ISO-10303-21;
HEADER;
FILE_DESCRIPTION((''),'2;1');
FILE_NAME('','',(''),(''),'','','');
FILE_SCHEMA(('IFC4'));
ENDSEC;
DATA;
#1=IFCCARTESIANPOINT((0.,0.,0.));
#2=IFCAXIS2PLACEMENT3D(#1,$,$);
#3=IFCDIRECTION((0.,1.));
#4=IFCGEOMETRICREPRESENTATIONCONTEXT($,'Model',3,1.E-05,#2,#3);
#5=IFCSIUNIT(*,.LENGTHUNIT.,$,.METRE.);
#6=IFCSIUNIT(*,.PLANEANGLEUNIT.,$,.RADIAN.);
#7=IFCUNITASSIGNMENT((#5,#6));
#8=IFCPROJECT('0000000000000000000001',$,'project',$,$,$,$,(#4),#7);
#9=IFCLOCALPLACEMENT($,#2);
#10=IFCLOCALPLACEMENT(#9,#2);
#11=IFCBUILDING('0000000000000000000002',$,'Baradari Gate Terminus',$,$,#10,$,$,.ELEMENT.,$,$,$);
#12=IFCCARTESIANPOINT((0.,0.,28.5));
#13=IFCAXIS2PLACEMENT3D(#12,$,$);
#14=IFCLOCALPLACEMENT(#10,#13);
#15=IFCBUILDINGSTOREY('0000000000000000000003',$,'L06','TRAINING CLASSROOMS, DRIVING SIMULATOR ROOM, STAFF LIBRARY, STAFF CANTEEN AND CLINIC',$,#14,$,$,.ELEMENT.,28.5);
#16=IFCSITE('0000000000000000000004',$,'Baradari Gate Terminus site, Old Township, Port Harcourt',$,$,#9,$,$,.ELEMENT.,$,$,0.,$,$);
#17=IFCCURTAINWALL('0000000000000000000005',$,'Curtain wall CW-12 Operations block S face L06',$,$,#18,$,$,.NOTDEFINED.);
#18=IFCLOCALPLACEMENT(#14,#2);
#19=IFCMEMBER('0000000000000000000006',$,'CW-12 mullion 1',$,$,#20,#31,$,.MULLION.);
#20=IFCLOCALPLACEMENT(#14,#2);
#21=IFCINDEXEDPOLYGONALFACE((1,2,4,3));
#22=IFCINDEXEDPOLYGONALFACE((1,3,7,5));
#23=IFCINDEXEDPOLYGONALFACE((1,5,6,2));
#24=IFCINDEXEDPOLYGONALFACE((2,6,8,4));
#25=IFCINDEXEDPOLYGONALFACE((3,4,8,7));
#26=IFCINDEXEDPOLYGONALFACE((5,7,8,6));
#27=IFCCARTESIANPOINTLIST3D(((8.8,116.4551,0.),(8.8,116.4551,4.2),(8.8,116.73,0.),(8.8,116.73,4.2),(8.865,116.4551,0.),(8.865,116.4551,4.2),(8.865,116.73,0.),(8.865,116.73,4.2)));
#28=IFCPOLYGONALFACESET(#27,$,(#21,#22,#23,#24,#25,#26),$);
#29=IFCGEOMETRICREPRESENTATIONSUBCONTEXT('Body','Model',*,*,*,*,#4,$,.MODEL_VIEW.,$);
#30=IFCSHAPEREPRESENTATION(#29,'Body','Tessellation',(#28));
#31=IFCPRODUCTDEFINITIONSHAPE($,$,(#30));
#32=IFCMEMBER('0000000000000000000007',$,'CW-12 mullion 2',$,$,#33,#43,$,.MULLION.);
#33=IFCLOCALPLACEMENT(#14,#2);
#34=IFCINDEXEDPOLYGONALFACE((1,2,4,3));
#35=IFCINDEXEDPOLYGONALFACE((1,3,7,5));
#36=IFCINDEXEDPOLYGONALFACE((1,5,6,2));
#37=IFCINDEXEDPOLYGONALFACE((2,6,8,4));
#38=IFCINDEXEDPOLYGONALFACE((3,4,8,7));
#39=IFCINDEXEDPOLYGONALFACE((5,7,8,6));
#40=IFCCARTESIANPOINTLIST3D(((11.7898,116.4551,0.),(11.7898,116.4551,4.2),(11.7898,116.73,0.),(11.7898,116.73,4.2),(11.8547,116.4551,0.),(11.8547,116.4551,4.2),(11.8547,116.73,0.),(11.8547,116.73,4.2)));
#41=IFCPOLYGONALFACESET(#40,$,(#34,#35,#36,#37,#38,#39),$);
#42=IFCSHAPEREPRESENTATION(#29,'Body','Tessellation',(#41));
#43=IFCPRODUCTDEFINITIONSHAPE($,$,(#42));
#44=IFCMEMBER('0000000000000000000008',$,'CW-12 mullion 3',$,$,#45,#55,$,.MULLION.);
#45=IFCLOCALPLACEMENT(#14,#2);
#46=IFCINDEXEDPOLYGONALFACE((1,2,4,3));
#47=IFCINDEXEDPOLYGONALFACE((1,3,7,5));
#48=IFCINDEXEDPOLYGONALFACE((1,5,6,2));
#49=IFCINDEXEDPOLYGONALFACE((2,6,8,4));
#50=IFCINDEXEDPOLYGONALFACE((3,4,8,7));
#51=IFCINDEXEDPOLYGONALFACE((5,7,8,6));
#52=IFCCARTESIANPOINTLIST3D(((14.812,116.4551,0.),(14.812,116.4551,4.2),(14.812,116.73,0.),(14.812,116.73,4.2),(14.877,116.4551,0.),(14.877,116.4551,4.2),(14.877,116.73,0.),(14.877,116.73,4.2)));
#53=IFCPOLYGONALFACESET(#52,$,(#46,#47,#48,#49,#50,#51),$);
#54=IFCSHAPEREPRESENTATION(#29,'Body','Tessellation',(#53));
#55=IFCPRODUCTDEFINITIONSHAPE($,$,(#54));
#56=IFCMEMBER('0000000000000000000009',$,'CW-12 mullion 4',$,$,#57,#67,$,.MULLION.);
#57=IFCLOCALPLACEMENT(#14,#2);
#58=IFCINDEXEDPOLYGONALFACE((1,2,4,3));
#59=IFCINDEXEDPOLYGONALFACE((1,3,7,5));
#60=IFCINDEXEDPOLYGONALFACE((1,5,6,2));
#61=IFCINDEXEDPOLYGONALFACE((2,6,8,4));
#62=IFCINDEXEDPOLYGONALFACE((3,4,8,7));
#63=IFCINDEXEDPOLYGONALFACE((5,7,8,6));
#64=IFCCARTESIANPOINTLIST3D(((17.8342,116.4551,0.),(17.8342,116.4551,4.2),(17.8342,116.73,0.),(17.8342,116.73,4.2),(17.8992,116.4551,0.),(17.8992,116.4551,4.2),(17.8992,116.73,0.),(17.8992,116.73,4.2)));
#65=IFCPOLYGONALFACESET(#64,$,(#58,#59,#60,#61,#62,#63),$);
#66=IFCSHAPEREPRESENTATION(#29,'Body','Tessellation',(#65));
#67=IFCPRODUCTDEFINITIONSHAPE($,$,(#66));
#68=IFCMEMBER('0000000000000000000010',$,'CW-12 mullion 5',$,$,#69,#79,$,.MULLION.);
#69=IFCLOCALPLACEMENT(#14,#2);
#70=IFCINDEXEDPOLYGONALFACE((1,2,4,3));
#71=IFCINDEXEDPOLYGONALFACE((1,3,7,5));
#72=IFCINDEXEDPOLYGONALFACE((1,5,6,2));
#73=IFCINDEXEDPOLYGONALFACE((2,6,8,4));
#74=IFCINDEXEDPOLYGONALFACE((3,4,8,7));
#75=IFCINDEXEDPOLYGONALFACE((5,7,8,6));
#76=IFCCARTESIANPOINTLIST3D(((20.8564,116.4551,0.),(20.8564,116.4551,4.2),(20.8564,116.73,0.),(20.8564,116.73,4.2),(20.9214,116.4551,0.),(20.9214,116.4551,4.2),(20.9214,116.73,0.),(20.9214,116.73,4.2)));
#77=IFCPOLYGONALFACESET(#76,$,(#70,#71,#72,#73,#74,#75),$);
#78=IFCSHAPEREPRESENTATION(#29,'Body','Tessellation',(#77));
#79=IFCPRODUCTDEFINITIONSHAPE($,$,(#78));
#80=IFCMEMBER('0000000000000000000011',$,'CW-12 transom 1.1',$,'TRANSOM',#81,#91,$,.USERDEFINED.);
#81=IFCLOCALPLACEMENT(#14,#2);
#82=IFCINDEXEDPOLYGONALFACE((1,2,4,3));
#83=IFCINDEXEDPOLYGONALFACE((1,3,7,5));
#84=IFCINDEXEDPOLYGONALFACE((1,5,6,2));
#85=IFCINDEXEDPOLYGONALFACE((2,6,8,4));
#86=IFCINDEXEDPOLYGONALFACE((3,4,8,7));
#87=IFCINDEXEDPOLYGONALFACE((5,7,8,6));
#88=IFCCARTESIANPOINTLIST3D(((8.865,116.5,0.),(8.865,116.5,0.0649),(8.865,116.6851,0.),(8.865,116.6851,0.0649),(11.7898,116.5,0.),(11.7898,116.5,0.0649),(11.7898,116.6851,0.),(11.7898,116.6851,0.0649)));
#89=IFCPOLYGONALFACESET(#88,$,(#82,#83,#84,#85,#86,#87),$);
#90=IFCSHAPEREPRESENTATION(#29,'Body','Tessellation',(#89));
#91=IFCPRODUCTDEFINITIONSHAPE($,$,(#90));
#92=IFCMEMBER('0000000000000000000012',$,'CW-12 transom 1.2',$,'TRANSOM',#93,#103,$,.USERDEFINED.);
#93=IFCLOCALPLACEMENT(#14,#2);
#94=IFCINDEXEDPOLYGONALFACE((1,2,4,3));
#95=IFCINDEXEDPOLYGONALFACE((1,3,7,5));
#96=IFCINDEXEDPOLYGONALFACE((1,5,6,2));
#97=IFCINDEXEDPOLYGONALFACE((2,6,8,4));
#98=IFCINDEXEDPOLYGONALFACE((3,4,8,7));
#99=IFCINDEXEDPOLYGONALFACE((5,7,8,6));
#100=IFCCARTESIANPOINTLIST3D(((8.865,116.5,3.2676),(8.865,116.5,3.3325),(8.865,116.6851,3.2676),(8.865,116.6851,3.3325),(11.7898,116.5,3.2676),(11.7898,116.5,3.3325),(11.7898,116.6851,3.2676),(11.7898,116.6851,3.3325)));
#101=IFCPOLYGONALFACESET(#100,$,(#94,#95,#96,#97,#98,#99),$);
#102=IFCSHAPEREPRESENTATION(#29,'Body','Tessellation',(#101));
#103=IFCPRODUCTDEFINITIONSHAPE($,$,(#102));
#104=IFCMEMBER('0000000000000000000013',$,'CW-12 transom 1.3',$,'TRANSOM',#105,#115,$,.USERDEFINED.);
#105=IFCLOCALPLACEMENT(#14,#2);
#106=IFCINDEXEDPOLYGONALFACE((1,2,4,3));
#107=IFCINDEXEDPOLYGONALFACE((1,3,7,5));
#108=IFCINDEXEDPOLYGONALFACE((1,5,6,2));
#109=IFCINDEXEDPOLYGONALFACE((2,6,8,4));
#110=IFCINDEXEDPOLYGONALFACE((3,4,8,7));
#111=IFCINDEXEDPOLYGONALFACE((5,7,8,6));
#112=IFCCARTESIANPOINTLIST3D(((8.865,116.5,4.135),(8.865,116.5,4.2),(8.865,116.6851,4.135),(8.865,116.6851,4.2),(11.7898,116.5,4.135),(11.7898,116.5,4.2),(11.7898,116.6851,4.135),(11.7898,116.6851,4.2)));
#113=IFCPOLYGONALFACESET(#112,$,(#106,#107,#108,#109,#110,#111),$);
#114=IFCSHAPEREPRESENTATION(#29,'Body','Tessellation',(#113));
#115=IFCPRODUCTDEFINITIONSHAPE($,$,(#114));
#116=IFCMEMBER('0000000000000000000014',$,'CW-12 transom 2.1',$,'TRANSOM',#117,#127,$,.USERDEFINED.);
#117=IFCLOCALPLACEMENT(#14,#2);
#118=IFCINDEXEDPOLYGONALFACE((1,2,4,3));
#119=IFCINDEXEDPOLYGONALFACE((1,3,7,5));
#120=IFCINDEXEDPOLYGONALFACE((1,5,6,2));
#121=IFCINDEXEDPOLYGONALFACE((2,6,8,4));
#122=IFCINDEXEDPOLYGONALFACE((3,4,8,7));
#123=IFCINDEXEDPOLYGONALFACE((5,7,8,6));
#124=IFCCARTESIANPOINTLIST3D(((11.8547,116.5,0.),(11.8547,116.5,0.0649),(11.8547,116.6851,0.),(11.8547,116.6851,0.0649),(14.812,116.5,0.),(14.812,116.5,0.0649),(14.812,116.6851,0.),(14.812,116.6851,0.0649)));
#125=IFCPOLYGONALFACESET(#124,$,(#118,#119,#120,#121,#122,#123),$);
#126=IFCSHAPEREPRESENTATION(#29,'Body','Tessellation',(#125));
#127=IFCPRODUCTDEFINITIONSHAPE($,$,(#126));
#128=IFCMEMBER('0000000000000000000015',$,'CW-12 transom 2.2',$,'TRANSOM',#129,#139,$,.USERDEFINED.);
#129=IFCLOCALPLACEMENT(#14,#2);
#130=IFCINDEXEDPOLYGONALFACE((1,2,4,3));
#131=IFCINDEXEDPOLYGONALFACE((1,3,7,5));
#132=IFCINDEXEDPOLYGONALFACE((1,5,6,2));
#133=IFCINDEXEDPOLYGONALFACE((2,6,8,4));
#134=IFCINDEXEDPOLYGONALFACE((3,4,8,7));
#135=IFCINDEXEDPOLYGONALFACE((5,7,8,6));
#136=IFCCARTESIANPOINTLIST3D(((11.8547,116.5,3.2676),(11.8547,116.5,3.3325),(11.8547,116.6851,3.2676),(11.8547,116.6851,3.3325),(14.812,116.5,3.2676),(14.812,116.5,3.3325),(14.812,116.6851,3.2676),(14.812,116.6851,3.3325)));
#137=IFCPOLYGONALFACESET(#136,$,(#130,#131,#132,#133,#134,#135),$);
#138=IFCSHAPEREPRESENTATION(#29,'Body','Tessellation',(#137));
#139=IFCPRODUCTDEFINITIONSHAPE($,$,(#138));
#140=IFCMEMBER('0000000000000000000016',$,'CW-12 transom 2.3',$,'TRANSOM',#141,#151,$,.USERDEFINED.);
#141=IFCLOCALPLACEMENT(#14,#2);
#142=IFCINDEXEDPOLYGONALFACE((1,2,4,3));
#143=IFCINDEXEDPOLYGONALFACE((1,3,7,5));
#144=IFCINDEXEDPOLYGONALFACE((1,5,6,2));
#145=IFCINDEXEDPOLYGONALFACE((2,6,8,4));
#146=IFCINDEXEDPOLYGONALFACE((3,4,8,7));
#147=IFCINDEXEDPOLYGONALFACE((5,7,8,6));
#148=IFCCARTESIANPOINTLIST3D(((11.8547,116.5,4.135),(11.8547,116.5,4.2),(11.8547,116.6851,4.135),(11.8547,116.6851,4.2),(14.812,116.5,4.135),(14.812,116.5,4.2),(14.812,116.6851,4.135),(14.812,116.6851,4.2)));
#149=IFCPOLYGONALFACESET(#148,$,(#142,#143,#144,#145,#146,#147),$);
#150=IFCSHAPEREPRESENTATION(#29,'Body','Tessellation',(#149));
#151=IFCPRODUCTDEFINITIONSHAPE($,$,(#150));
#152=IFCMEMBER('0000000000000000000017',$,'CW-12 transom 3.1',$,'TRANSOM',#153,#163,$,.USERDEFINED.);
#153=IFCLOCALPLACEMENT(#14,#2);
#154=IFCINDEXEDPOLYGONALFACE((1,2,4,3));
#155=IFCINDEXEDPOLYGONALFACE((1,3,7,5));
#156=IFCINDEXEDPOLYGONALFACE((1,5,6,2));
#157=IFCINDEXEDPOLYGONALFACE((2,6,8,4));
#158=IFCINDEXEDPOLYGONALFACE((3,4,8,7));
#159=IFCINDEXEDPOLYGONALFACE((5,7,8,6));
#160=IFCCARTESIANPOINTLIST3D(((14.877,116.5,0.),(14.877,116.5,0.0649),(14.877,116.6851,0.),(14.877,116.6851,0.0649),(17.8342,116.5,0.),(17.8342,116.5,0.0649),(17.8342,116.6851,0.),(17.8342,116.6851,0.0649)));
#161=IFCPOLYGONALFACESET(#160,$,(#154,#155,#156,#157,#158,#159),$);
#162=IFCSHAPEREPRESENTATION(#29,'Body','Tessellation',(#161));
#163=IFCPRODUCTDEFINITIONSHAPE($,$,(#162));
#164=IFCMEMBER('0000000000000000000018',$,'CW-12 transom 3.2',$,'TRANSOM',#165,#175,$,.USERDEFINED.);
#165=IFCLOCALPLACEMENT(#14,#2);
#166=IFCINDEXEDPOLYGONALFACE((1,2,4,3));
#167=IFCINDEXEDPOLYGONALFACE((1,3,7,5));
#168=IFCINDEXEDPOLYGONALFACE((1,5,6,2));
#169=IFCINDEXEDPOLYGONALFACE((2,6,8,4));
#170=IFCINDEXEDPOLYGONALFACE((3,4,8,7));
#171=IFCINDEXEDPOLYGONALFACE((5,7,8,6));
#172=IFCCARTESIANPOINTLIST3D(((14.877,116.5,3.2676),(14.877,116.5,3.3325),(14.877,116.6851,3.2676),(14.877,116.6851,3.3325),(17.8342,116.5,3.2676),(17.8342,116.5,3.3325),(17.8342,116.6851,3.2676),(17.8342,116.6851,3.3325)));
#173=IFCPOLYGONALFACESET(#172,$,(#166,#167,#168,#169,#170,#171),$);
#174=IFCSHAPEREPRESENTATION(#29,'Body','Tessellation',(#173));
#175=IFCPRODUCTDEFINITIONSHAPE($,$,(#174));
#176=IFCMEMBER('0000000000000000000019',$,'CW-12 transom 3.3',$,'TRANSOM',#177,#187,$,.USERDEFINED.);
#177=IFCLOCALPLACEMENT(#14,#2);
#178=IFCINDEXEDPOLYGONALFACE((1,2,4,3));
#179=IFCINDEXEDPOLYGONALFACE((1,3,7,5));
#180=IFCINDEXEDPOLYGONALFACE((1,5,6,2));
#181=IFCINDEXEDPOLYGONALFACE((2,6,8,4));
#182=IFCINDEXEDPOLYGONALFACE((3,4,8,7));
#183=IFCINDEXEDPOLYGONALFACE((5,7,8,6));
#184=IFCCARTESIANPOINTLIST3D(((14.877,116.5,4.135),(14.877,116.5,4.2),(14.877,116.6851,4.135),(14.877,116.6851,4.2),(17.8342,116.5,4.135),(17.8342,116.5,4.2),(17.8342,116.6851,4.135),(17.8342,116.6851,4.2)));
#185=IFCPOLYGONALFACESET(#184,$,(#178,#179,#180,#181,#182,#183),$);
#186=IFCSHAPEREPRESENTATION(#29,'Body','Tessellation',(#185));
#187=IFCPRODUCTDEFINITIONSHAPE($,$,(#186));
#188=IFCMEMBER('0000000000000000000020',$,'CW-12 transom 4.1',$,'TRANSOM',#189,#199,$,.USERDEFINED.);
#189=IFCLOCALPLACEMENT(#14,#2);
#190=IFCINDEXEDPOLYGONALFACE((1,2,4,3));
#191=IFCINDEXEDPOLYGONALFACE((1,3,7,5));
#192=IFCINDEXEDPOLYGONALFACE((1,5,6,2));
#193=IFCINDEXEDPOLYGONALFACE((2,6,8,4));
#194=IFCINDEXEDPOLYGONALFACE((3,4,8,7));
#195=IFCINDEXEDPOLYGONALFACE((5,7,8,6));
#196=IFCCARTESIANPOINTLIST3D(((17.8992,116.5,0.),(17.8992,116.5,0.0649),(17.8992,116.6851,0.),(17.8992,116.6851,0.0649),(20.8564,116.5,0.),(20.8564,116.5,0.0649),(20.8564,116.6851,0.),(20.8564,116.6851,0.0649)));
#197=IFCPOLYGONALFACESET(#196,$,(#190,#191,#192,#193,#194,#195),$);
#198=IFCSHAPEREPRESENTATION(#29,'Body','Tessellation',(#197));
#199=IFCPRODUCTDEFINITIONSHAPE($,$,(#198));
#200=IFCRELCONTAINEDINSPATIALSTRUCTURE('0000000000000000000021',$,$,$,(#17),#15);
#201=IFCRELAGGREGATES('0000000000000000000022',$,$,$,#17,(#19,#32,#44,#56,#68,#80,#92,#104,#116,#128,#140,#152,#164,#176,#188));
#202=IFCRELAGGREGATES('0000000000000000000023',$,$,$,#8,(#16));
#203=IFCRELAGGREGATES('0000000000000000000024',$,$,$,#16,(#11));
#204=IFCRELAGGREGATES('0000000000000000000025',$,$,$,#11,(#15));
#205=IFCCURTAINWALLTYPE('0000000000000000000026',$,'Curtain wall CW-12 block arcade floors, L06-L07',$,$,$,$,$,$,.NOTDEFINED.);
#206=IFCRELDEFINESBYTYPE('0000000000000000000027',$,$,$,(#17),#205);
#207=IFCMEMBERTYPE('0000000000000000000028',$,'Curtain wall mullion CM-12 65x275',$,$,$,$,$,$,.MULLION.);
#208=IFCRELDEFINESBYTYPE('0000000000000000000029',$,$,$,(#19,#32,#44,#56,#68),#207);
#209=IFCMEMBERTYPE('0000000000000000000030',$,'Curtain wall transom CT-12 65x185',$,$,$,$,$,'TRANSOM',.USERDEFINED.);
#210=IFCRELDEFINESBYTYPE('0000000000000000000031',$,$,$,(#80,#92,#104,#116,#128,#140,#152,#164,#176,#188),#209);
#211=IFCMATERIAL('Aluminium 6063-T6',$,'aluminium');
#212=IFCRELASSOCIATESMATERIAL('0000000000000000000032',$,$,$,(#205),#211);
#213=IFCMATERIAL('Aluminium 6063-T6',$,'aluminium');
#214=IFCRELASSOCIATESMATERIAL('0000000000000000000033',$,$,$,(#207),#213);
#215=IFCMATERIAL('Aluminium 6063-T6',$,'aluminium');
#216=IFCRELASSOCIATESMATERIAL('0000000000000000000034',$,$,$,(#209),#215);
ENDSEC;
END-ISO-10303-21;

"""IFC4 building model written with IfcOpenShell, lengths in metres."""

from ifc_helpers import new_model, si_unit, direction, frame, origin, origin_2d, place, context, subcontext, project, spatial, rectangle, extrude, material, material_profile, profile_set, type_object, element, aggregate, save


model = new_model("IFC4")

# Units and contexts
model_context = context("Model", 3, precision=1e-05, world=origin(), true_north=direction((0.0, 1.0)))
body_context = subcontext(model_context, "Body", "Model", "MODEL_VIEW")
ifc_project = project(units=[si_unit("LENGTHUNIT", "METRE"), si_unit("PLANEANGLEUNIT", "RADIAN")], contexts=[model_context])

# Site, building, storey
site_placement = place(None, origin())
site = spatial("IfcSite", under=ifc_project, at=site_placement, Name="Baradari Gate Terminus site, Old Township, Port Harcourt", CompositionType="ELEMENT", RefElevation=0.0)
building_placement = place(site_placement, origin())
building = spatial("IfcBuilding", under=site, at=building_placement, Name="Baradari Gate Terminus", CompositionType="ELEMENT")
storey_placement = place(building_placement, frame((0.0, 0.0, 28.5)))
storey = spatial("IfcBuildingStorey", under=building, at=storey_placement, Name="L06", Description="TRAINING CLASSROOMS, DRIVING SIMULATOR ROOM, STAFF LIBRARY, STAFF CANTEEN AND CLINIC", CompositionType="ELEMENT", Elevation=28.5)

# Curtain wall, members
ifc_material_1 = material(Name="Aluminium 6063-T6", Category="aluminium")
curtain_wall_type = type_object("IfcCurtainWallType", Name="Curtain wall CW-12 block arcade floors, L06-L07", PredefinedType="NOTDEFINED", material=ifc_material_1)
curtain_wall_placement = place(storey_placement, origin())
curtain_wall = element("IfcCurtainWall", 1, at=curtain_wall_placement, inside=storey, type_object=curtain_wall_type, Name="Curtain wall CW-12 Operations block S face L06", PredefinedType="NOTDEFINED")
ifc_material_2 = material(Name="Aluminium 6063-T6", Category="aluminium")
ifc_material_profile_1 = material_profile(ifc_material_2, rectangle(XDim=0.2749, YDim=0.0649, at=origin_2d()), Name="CM-12 65X275")
ifc_profile_set_1 = profile_set([ifc_material_profile_1], Name="Aluminium 6063-T6")
member_type_1 = type_object("IfcMemberType", Name="Curtain wall mullion CM-12 65x275", PredefinedType="MULLION", material=ifc_profile_set_1)
member_1_placement = place(storey_placement, frame((8.8325, 116.5925, 0.0), z_axis=(0.0, 0.0, 1.0), x_axis=(0.0, 1.0, 0.0)))
member_1 = element("IfcMember", 2, at=member_1_placement, type_object=member_type_1, Name="CW-12 mullion 1", PredefinedType="MULLION", context=body_context, shape_type="SweptSolid", body=[
    extrude(rectangle(XDim=0.2749, YDim=0.0649, at=origin_2d()), origin(), (0.0, 0.0, 1.0), 4.2),
])
member_2_placement = place(storey_placement, frame((11.8223, 116.5925, 0.0), z_axis=(0.0, 0.0, 1.0), x_axis=(0.0, 1.0, 0.0)))
member_2 = element("IfcMember", 3, at=member_2_placement, type_object=member_type_1, Name="CW-12 mullion 2", PredefinedType="MULLION", context=body_context, shape_type="SweptSolid", body=[
    extrude(rectangle(XDim=0.2749, YDim=0.0649, at=origin_2d()), origin(), (0.0, 0.0, 1.0), 4.2),
])
member_3_placement = place(storey_placement, frame((14.8445, 116.5925, 0.0), z_axis=(0.0, 0.0, 1.0), x_axis=(0.0, 1.0, 0.0)))
member_3 = element("IfcMember", 4, at=member_3_placement, type_object=member_type_1, Name="CW-12 mullion 3", PredefinedType="MULLION", context=body_context, shape_type="SweptSolid", body=[
    extrude(rectangle(XDim=0.2749, YDim=0.0649, at=origin_2d()), origin(), (0.0, 0.0, 1.0), 4.2),
])
member_4_placement = place(storey_placement, frame((17.8667, 116.5925, 0.0), z_axis=(0.0, 0.0, 1.0), x_axis=(0.0, 1.0, 0.0)))
member_4 = element("IfcMember", 5, at=member_4_placement, type_object=member_type_1, Name="CW-12 mullion 4", PredefinedType="MULLION", context=body_context, shape_type="SweptSolid", body=[
    extrude(rectangle(XDim=0.2749, YDim=0.0649, at=origin_2d()), origin(), (0.0, 0.0, 1.0), 4.2),
])
member_5_placement = place(storey_placement, frame((20.8889, 116.5925, 0.0), z_axis=(0.0, 0.0, 1.0), x_axis=(0.0, 1.0, 0.0)))
member_5 = element("IfcMember", 6, at=member_5_placement, type_object=member_type_1, Name="CW-12 mullion 5", PredefinedType="MULLION", context=body_context, shape_type="SweptSolid", body=[
    extrude(rectangle(XDim=0.2749, YDim=0.0649, at=origin_2d()), origin(), (0.0, 0.0, 1.0), 4.2),
])
ifc_material_3 = material(Name="Aluminium 6063-T6", Category="aluminium")
ifc_material_profile_2 = material_profile(ifc_material_3, rectangle(XDim=0.1851, YDim=0.0649, at=origin_2d()), Name="CT-12 65X185")
ifc_profile_set_2 = profile_set([ifc_material_profile_2], Name="Aluminium 6063-T6")
member_type_2 = type_object("IfcMemberType", Name="Curtain wall transom CT-12 65x185", ElementType="TRANSOM", PredefinedType="USERDEFINED", material=ifc_profile_set_2)
member_6_placement = place(storey_placement, frame((8.865, 116.5925, 0.0325), z_axis=(1.0, 0.0, 0.0), x_axis=(0.0, 1.0, 0.0)))
member_6 = element("IfcMember", 7, at=member_6_placement, type_object=member_type_2, Name="CW-12 transom 1.1", ObjectType="TRANSOM", PredefinedType="USERDEFINED", context=body_context, shape_type="SweptSolid", body=[
    extrude(rectangle(XDim=0.1851, YDim=0.0649, at=origin_2d()), origin(), (0.0, 0.0, 1.0), 2.9248),
])
member_7_placement = place(storey_placement, frame((8.865, 116.5925, 3.3), z_axis=(1.0, 0.0, 0.0), x_axis=(0.0, 1.0, 0.0)))
member_7 = element("IfcMember", 8, at=member_7_placement, type_object=member_type_2, Name="CW-12 transom 1.2", ObjectType="TRANSOM", PredefinedType="USERDEFINED", context=body_context, shape_type="SweptSolid", body=[
    extrude(rectangle(XDim=0.1851, YDim=0.0649, at=origin_2d()), origin(), (0.0, 0.0, 1.0), 2.9248),
])
member_8_placement = place(storey_placement, frame((8.865, 116.5925, 4.1675), z_axis=(1.0, 0.0, 0.0), x_axis=(0.0, 1.0, 0.0)))
member_8 = element("IfcMember", 9, at=member_8_placement, type_object=member_type_2, Name="CW-12 transom 1.3", ObjectType="TRANSOM", PredefinedType="USERDEFINED", context=body_context, shape_type="SweptSolid", body=[
    extrude(rectangle(XDim=0.1851, YDim=0.0649, at=origin_2d()), origin(), (0.0, 0.0, 1.0), 2.9248),
])
member_9_placement = place(storey_placement, frame((11.8547, 116.5925, 0.0325), z_axis=(1.0, 0.0, 0.0), x_axis=(0.0, 1.0, 0.0)))
member_9 = element("IfcMember", 10, at=member_9_placement, type_object=member_type_2, Name="CW-12 transom 2.1", ObjectType="TRANSOM", PredefinedType="USERDEFINED", context=body_context, shape_type="SweptSolid", body=[
    extrude(rectangle(XDim=0.1851, YDim=0.0649, at=origin_2d()), origin(), (0.0, 0.0, 1.0), 2.9573),
])
member_10_placement = place(storey_placement, frame((11.8547, 116.5925, 3.3), z_axis=(1.0, 0.0, 0.0), x_axis=(0.0, 1.0, 0.0)))
member_10 = element("IfcMember", 11, at=member_10_placement, type_object=member_type_2, Name="CW-12 transom 2.2", ObjectType="TRANSOM", PredefinedType="USERDEFINED", context=body_context, shape_type="SweptSolid", body=[
    extrude(rectangle(XDim=0.1851, YDim=0.0649, at=origin_2d()), origin(), (0.0, 0.0, 1.0), 2.9573),
])
member_11_placement = place(storey_placement, frame((11.8547, 116.5925, 4.1675), z_axis=(1.0, 0.0, 0.0), x_axis=(0.0, 1.0, 0.0)))
member_11 = element("IfcMember", 12, at=member_11_placement, type_object=member_type_2, Name="CW-12 transom 2.3", ObjectType="TRANSOM", PredefinedType="USERDEFINED", context=body_context, shape_type="SweptSolid", body=[
    extrude(rectangle(XDim=0.1851, YDim=0.0649, at=origin_2d()), origin(), (0.0, 0.0, 1.0), 2.9573),
])
member_12_placement = place(storey_placement, frame((14.877, 116.5925, 0.0325), z_axis=(1.0, 0.0, 0.0), x_axis=(0.0, 1.0, 0.0)))
member_12 = element("IfcMember", 13, at=member_12_placement, type_object=member_type_2, Name="CW-12 transom 3.1", ObjectType="TRANSOM", PredefinedType="USERDEFINED", context=body_context, shape_type="SweptSolid", body=[
    extrude(rectangle(XDim=0.1851, YDim=0.0649, at=origin_2d()), origin(), (0.0, 0.0, 1.0), 2.9573),
])
member_13_placement = place(storey_placement, frame((14.877, 116.5925, 3.3), z_axis=(1.0, 0.0, 0.0), x_axis=(0.0, 1.0, 0.0)))
member_13 = element("IfcMember", 14, at=member_13_placement, type_object=member_type_2, Name="CW-12 transom 3.2", ObjectType="TRANSOM", PredefinedType="USERDEFINED", context=body_context, shape_type="SweptSolid", body=[
    extrude(rectangle(XDim=0.1851, YDim=0.0649, at=origin_2d()), origin(), (0.0, 0.0, 1.0), 2.9573),
])
member_14_placement = place(storey_placement, frame((14.877, 116.5925, 4.1675), z_axis=(1.0, 0.0, 0.0), x_axis=(0.0, 1.0, 0.0)))
member_14 = element("IfcMember", 15, at=member_14_placement, type_object=member_type_2, Name="CW-12 transom 3.3", ObjectType="TRANSOM", PredefinedType="USERDEFINED", context=body_context, shape_type="SweptSolid", body=[
    extrude(rectangle(XDim=0.1851, YDim=0.0649, at=origin_2d()), origin(), (0.0, 0.0, 1.0), 2.9573),
])
member_15_placement = place(storey_placement, frame((17.8992, 116.5925, 0.0325), z_axis=(1.0, 0.0, 0.0), x_axis=(0.0, 1.0, 0.0)))
member_15 = element("IfcMember", 16, at=member_15_placement, type_object=member_type_2, Name="CW-12 transom 4.1", ObjectType="TRANSOM", PredefinedType="USERDEFINED", context=body_context, shape_type="SweptSolid", body=[
    extrude(rectangle(XDim=0.1851, YDim=0.0649, at=origin_2d()), origin(), (0.0, 0.0, 1.0), 2.9573),
])
aggregate(curtain_wall, [member_1, member_2, member_3, member_4, member_5, member_6, member_7, member_8, member_9, member_10, member_11, member_12, member_13, member_14, member_15])

save(model, "model.ifc")
